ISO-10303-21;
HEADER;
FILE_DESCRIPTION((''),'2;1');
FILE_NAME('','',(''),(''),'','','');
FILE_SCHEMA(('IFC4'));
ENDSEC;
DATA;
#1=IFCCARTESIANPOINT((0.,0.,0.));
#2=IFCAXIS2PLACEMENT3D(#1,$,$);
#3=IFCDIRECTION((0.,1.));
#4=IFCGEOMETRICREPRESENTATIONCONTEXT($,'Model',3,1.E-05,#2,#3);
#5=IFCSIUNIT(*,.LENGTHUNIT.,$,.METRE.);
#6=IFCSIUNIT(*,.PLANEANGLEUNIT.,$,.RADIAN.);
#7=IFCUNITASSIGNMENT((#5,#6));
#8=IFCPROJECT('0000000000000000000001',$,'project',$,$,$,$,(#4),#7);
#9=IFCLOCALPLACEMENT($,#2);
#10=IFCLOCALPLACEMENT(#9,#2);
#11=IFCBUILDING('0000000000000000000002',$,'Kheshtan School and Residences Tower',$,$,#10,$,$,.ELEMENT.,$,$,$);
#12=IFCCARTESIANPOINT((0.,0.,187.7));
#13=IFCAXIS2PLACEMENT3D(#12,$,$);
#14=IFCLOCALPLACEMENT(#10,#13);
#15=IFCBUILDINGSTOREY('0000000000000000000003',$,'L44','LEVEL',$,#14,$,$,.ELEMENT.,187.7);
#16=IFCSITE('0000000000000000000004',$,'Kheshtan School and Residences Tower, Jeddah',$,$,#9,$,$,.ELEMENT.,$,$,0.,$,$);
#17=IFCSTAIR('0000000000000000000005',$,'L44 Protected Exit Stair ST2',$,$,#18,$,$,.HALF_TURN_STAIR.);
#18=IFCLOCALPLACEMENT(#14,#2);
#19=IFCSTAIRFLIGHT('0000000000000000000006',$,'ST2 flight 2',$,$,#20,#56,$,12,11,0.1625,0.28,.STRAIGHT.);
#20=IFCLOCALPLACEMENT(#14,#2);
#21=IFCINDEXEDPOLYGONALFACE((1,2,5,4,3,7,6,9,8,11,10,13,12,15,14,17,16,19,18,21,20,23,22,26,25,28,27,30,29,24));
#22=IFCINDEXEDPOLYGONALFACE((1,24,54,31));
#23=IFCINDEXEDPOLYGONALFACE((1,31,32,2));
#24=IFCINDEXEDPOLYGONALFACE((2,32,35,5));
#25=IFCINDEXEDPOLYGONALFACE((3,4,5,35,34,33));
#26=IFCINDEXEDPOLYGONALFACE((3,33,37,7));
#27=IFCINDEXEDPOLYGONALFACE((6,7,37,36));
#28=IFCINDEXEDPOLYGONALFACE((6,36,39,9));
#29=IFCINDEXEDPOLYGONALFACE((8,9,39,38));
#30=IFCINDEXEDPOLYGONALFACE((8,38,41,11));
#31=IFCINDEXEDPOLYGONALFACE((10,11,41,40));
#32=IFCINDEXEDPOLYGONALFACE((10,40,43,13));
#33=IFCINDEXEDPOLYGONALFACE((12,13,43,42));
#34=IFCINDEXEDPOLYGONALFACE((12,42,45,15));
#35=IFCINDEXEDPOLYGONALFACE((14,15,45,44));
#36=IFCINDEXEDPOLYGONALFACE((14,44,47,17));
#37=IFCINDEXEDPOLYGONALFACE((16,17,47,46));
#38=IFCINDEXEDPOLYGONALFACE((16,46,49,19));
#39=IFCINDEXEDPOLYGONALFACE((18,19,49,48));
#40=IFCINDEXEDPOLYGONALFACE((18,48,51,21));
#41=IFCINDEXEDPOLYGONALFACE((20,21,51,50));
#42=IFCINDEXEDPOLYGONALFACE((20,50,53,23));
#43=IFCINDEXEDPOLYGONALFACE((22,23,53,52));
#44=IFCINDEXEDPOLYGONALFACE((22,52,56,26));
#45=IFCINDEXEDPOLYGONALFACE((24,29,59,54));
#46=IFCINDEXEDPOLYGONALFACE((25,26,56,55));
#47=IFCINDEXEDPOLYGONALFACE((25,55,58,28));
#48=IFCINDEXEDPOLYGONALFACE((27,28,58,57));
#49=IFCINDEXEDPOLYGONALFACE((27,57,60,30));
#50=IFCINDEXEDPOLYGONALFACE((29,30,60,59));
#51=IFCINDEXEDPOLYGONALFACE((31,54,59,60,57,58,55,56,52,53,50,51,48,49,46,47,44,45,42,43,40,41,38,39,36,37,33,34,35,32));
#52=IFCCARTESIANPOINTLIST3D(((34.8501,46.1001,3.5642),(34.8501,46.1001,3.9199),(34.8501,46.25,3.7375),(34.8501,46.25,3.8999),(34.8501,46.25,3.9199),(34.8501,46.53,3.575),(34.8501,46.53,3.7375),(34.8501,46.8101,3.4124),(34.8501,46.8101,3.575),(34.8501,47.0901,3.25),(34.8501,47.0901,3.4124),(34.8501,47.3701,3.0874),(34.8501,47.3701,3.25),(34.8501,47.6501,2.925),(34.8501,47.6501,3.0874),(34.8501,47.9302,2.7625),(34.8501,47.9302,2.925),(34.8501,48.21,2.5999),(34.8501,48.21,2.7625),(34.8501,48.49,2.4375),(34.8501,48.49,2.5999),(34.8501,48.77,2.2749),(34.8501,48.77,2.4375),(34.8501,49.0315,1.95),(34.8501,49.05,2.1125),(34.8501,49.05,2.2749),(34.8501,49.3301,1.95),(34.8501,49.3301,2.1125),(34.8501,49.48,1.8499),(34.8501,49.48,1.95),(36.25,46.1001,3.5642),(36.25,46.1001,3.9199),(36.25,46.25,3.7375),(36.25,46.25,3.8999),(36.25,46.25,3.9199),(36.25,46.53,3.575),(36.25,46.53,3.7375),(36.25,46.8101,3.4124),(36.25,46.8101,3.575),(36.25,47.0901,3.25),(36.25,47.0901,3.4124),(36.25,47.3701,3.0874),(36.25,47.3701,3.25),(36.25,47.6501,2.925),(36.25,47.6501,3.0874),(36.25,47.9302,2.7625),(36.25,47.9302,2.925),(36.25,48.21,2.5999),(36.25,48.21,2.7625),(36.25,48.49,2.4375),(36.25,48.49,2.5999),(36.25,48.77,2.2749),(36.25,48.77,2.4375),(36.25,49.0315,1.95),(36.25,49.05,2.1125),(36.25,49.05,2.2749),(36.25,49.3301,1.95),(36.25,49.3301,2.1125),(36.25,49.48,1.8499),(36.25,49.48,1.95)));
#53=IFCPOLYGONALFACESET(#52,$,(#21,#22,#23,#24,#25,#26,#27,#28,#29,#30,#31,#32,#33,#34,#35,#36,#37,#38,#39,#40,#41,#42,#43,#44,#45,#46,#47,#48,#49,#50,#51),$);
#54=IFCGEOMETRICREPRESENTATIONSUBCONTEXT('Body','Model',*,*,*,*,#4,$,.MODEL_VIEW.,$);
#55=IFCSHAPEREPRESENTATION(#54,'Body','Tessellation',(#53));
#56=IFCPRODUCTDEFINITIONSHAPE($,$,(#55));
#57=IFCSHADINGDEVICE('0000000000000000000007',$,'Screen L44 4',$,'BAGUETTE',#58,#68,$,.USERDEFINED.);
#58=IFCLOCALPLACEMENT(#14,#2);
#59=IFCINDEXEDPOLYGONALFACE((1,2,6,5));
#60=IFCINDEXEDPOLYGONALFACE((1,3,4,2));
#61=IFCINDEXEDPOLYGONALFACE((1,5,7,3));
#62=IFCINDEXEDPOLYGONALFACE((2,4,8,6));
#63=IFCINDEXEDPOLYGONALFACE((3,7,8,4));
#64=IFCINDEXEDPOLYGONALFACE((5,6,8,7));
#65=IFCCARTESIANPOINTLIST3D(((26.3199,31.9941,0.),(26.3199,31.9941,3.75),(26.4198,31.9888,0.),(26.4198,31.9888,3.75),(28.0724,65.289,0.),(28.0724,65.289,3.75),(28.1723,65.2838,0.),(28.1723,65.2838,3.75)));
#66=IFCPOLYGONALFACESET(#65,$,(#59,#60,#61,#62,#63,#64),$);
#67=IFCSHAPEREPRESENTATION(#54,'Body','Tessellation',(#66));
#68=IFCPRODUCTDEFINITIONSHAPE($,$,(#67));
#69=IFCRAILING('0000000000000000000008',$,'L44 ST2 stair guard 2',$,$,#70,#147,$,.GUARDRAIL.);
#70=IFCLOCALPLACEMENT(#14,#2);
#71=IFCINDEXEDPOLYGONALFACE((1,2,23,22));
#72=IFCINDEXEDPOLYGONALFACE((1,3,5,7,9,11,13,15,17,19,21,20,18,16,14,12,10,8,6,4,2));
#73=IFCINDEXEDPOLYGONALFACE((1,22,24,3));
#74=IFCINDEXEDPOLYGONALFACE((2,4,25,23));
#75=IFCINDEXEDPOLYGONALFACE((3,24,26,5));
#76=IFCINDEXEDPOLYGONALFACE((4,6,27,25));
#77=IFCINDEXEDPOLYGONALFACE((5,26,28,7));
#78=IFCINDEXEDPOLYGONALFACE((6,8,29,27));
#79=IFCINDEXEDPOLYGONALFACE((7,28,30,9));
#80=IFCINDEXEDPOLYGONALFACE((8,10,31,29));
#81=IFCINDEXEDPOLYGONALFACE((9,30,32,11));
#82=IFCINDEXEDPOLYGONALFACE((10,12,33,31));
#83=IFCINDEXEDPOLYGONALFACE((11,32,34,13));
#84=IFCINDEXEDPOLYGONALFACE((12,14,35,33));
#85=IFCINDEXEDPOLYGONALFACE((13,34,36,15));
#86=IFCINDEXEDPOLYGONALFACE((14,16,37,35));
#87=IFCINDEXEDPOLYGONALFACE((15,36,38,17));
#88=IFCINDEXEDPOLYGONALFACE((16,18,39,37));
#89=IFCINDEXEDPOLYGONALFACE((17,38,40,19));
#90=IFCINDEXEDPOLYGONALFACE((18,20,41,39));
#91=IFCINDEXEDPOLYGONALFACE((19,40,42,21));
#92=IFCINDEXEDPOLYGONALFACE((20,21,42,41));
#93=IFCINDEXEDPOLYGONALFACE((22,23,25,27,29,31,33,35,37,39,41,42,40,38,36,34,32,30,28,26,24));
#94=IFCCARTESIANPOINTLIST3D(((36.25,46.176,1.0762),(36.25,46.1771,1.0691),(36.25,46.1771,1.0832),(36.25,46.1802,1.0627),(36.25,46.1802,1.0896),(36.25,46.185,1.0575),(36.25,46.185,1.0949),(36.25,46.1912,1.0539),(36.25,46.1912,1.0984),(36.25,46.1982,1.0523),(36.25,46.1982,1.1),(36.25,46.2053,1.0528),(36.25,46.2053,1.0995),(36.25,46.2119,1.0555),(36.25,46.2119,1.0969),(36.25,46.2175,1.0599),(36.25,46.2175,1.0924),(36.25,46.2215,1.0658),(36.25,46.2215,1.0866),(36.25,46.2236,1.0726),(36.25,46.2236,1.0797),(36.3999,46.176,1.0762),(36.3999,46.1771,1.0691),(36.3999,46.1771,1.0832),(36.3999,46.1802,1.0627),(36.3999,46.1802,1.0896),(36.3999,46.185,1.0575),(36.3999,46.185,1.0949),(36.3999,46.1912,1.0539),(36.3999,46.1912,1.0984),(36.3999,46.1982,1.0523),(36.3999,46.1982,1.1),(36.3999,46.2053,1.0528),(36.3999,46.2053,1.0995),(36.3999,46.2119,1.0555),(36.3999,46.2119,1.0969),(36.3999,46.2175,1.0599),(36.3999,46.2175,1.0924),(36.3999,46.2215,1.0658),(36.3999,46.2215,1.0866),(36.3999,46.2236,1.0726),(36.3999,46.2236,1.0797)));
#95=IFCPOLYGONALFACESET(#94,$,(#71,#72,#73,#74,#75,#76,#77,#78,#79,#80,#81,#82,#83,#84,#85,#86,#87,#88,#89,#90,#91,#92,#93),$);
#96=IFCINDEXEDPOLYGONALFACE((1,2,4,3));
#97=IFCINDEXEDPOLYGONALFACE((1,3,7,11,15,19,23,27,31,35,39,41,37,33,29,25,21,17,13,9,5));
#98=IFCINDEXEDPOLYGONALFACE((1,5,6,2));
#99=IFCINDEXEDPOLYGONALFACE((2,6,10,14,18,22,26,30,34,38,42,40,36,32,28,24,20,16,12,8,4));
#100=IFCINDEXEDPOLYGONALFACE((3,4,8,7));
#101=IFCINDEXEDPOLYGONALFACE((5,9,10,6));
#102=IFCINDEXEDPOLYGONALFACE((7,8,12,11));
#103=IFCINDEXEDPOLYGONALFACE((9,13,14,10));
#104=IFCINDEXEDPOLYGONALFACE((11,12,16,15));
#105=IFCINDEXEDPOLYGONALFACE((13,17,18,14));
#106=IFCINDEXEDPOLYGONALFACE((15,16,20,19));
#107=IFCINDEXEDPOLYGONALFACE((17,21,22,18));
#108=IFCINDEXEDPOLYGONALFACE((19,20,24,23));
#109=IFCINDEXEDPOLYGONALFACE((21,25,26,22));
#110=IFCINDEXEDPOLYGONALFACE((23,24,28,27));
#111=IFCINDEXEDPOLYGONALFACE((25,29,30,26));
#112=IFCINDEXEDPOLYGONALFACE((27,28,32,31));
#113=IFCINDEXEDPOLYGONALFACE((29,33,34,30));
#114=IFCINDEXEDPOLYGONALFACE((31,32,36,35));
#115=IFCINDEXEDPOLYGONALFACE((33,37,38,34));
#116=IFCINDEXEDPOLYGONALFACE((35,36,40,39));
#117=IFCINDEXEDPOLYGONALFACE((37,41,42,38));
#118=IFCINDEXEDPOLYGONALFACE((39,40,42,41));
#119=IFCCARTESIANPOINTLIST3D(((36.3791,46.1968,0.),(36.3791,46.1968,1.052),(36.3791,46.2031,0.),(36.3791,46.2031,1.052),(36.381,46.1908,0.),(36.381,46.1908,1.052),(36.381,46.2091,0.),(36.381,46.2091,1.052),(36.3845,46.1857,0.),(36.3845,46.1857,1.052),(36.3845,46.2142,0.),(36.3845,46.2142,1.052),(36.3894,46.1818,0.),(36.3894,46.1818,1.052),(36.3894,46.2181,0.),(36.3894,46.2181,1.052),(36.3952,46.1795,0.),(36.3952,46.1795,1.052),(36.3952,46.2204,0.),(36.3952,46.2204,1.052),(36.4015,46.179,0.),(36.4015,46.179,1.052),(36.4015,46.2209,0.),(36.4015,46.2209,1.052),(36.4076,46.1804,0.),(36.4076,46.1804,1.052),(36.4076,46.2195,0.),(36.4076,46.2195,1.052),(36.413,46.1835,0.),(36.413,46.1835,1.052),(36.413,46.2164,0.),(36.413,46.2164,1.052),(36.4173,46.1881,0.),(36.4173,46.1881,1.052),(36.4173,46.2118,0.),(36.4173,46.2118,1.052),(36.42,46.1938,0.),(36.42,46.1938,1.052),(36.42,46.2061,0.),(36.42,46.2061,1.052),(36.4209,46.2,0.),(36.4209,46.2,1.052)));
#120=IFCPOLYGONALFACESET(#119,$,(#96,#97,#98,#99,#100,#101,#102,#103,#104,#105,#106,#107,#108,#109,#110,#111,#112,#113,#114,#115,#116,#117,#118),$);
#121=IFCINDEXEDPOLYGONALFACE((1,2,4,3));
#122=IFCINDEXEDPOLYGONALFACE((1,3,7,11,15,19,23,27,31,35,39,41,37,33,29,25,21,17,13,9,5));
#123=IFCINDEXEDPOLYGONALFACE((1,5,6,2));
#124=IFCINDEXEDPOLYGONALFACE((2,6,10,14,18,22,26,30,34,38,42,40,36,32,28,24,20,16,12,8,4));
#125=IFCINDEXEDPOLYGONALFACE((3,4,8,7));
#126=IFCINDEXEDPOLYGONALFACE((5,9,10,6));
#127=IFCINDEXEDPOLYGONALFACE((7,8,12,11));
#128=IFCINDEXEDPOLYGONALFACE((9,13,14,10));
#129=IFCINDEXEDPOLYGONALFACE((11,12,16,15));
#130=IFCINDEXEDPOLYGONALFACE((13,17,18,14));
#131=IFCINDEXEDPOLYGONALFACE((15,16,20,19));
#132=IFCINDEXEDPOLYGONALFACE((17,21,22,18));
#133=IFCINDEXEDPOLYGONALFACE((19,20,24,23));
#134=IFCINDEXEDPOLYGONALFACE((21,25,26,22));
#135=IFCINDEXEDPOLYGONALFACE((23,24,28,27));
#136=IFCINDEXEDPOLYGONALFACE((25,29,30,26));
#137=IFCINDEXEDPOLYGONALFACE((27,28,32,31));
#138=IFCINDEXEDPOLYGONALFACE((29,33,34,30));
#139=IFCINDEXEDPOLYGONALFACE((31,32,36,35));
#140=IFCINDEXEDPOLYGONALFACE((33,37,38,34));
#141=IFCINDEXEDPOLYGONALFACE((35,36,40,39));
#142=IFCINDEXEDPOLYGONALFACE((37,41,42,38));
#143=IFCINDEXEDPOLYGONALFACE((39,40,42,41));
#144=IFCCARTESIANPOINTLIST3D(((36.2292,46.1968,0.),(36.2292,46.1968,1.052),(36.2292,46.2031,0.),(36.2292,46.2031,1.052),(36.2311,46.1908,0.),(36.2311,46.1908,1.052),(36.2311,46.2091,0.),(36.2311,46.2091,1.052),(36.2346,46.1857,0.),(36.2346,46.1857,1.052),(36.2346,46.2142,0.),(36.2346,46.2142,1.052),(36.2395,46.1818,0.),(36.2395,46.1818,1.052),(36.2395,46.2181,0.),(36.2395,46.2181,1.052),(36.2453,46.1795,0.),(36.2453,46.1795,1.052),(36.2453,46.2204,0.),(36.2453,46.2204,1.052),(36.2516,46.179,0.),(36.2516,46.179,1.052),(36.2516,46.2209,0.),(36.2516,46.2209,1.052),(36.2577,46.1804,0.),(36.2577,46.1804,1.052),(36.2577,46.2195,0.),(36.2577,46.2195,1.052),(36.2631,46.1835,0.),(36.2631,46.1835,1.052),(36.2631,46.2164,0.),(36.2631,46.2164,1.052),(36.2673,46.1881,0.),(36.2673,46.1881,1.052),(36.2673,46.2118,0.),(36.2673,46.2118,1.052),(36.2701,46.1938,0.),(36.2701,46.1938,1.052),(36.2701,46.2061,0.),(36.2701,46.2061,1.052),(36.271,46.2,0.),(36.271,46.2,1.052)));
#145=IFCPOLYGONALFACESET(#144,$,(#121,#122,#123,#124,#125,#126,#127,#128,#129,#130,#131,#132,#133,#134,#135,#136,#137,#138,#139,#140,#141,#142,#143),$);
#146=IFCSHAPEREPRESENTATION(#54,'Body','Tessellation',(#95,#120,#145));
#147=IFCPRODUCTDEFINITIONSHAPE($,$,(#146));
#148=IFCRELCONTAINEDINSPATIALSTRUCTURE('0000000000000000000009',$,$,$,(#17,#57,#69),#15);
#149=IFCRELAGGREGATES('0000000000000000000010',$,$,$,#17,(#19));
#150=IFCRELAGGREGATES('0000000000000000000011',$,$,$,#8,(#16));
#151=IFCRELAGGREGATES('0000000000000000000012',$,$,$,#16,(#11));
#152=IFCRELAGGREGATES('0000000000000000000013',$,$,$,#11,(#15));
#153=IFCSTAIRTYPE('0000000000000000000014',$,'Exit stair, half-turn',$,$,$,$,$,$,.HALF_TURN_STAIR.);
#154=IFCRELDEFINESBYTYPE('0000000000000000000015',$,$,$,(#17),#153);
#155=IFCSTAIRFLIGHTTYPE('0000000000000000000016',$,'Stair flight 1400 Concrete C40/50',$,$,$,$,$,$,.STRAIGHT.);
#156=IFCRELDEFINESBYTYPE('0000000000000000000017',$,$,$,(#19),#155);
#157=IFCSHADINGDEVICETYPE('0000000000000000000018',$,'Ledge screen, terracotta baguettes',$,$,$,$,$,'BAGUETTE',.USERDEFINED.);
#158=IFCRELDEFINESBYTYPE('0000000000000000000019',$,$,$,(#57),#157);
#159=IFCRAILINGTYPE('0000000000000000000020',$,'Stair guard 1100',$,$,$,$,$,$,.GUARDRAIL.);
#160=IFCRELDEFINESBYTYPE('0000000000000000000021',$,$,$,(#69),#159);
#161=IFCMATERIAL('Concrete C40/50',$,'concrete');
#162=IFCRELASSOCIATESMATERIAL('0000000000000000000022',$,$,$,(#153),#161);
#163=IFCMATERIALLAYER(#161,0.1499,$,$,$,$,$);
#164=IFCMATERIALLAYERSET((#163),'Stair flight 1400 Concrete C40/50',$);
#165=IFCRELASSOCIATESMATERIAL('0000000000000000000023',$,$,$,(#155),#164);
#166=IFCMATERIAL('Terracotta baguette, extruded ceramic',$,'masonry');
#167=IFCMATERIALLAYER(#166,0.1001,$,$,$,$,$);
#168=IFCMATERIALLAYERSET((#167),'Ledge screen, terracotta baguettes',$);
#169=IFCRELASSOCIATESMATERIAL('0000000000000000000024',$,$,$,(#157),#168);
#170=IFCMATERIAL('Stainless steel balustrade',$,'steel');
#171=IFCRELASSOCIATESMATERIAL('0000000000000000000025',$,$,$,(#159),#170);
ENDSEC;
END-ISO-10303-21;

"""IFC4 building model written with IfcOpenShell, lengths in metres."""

from ifc_helpers import new_model, si_unit, direction, frame, origin, origin_2d, place, context, subcontext, project, spatial, polyline, rectangle, circle, outline, extrude, material, layer, layer_set, type_object, element, aggregate, save


model = new_model("IFC4")

# Units and contexts
model_context = context("Model", 3, precision=1e-05, world=origin(), true_north=direction((0.0, 1.0)))
body_context = subcontext(model_context, "Body", "Model", "MODEL_VIEW")
ifc_project = project(units=[si_unit("LENGTHUNIT", "METRE"), si_unit("PLANEANGLEUNIT", "RADIAN")], contexts=[model_context])

# Site, building, storey
site_placement = place(None, origin())
site = spatial("IfcSite", under=ifc_project, at=site_placement, Name="Kheshtan School and Residences Tower, Jeddah", CompositionType="ELEMENT", RefElevation=0.0)
building_placement = place(site_placement, origin())
building = spatial("IfcBuilding", under=site, at=building_placement, Name="Kheshtan School and Residences Tower", CompositionType="ELEMENT")
storey_placement = place(building_placement, frame((0.0, 0.0, 187.7)))
storey = spatial("IfcBuildingStorey", under=building, at=storey_placement, Name="L44", Description="LEVEL", CompositionType="ELEMENT", Elevation=187.7)

# Shared definitions
ifc_material_1 = material(Name="Concrete C40/50", Category="concrete")

# Stair, stair flight
stair_type = type_object("IfcStairType", Name="Exit stair, half-turn", PredefinedType="HALF_TURN_STAIR", material=ifc_material_1)
stair_placement = place(storey_placement, origin())
stair = element("IfcStair", 1, at=stair_placement, inside=storey, type_object=stair_type, Name="L44 Protected Exit Stair ST2", PredefinedType="HALF_TURN_STAIR")
ifc_layer_1 = layer(ifc_material_1, 0.1499)
ifc_layer_set_1 = layer_set([ifc_layer_1], Name="Stair flight 1400 Concrete C40/50")
stair_flight_type = type_object("IfcStairFlightType", Name="Stair flight 1400 Concrete C40/50", PredefinedType="STRAIGHT", material=ifc_layer_set_1)
stair_flight_1_placement = place(storey_placement, frame((35.55, 49.3301, 1.95), z_axis=(0.0, 0.0, 1.0), x_axis=(0.0, -1.0, 0.0)))
stair_flight_1 = element("IfcStairFlight", 2, at=stair_flight_1_placement, type_object=stair_flight_type, Name="ST2 flight 2", NumberOfRisers=12, NumberOfTreads=11, PredefinedType="STRAIGHT", RiserHeight=0.1625, TreadLength=0.28, context=body_context, shape_type="SweptSolid", body=[
    extrude(outline(polyline([(-0.1499, -0.1001), (-0.1499, 0.0), (0.0, 0.0), (0.0, 0.1626), (0.28, 0.1626), (0.28, 0.325), (0.5601, 0.325), (0.5601, 0.4875), (0.8401, 0.4875), (0.8401, 0.6499), (1.1201, 0.6499), (1.1201, 0.8125), (1.3999, 0.8125), (1.3999, 0.9751), (1.6799, 0.9751), (1.6799, 1.1375), (1.96, 1.1375), (1.96, 1.3), (2.24, 1.3), (2.24, 1.4624), (2.52, 1.4624), (2.52, 1.625), (2.8, 1.625), (2.8, 1.7876), (3.0801, 1.7876), (3.0801, 1.95), (3.0801, 1.97), (3.23, 1.97), (3.23, 1.6143), (0.2986, 0.0), (-0.1499, -0.1001)])), frame((0.0, 0.7, 0.0), z_axis=(0.0, -1.0, 0.0), x_axis=(1.0, 0.0, 0.0)), (0.0, 0.0, 1.0), 1.3999),
])
aggregate(stair, [stair_flight_1])

# Shading device
ifc_material_2 = material(Name="Terracotta baguette, extruded ceramic", Category="masonry")
ifc_layer_2 = layer(ifc_material_2, 0.1001)
ifc_layer_set_2 = layer_set([ifc_layer_2], Name="Ledge screen, terracotta baguettes")
shading_device_type = type_object("IfcShadingDeviceType", Name="Ledge screen, terracotta baguettes", ElementType="BAGUETTE", PredefinedType="USERDEFINED", material=ifc_layer_set_2)
shading_device_placement = place(storey_placement, frame((27.2461, 48.6389, 0.0), z_axis=(0.0, 0.0, 1.0), x_axis=(0.052563, 0.998618, 0.0)))
element("IfcShadingDevice", 3, at=shading_device_placement, inside=storey, type_object=shading_device_type, Name="Screen L44 4", ObjectType="BAGUETTE", PredefinedType="USERDEFINED", context=body_context, shape_type="SweptSolid", body=[
    extrude(rectangle(XDim=33.3411, YDim=0.1001, at=origin_2d()), origin(), (0.0, 0.0, 1.0), 3.75),
])

# Railing
ifc_material_3 = material(Name="Stainless steel balustrade", Category="steel")
railing_type_1 = type_object("IfcRailingType", Name="Stair guard 1100", PredefinedType="GUARDRAIL", material=ifc_material_3)
railing_1_placement = place(storey_placement, frame((36.3999, 46.2, 0.0)))
element("IfcRailing", 4, at=railing_1_placement, inside=storey, type_object=railing_type_1, Name="L44 ST2 stair guard 2", PredefinedType="GUARDRAIL", context=body_context, shape_type="SweptSolid", body=[
    extrude(circle(Radius=0.0239, at=origin_2d()), frame((0.0, 0.0, 1.0762), z_axis=(-1.0, 0.0, 0.0), x_axis=(0.0, -1.0, 0.0)), (0.0, 0.0, 1.0), 0.1499),
    extrude(circle(Radius=0.021, at=origin_2d()), origin(), (0.0, 0.0, 1.0), 1.052),
    extrude(circle(Radius=0.021, at=origin_2d()), frame((-0.1499, 0.0, 0.0)), (0.0, 0.0, 1.0), 1.052),
])

save(model, "model.ifc")
